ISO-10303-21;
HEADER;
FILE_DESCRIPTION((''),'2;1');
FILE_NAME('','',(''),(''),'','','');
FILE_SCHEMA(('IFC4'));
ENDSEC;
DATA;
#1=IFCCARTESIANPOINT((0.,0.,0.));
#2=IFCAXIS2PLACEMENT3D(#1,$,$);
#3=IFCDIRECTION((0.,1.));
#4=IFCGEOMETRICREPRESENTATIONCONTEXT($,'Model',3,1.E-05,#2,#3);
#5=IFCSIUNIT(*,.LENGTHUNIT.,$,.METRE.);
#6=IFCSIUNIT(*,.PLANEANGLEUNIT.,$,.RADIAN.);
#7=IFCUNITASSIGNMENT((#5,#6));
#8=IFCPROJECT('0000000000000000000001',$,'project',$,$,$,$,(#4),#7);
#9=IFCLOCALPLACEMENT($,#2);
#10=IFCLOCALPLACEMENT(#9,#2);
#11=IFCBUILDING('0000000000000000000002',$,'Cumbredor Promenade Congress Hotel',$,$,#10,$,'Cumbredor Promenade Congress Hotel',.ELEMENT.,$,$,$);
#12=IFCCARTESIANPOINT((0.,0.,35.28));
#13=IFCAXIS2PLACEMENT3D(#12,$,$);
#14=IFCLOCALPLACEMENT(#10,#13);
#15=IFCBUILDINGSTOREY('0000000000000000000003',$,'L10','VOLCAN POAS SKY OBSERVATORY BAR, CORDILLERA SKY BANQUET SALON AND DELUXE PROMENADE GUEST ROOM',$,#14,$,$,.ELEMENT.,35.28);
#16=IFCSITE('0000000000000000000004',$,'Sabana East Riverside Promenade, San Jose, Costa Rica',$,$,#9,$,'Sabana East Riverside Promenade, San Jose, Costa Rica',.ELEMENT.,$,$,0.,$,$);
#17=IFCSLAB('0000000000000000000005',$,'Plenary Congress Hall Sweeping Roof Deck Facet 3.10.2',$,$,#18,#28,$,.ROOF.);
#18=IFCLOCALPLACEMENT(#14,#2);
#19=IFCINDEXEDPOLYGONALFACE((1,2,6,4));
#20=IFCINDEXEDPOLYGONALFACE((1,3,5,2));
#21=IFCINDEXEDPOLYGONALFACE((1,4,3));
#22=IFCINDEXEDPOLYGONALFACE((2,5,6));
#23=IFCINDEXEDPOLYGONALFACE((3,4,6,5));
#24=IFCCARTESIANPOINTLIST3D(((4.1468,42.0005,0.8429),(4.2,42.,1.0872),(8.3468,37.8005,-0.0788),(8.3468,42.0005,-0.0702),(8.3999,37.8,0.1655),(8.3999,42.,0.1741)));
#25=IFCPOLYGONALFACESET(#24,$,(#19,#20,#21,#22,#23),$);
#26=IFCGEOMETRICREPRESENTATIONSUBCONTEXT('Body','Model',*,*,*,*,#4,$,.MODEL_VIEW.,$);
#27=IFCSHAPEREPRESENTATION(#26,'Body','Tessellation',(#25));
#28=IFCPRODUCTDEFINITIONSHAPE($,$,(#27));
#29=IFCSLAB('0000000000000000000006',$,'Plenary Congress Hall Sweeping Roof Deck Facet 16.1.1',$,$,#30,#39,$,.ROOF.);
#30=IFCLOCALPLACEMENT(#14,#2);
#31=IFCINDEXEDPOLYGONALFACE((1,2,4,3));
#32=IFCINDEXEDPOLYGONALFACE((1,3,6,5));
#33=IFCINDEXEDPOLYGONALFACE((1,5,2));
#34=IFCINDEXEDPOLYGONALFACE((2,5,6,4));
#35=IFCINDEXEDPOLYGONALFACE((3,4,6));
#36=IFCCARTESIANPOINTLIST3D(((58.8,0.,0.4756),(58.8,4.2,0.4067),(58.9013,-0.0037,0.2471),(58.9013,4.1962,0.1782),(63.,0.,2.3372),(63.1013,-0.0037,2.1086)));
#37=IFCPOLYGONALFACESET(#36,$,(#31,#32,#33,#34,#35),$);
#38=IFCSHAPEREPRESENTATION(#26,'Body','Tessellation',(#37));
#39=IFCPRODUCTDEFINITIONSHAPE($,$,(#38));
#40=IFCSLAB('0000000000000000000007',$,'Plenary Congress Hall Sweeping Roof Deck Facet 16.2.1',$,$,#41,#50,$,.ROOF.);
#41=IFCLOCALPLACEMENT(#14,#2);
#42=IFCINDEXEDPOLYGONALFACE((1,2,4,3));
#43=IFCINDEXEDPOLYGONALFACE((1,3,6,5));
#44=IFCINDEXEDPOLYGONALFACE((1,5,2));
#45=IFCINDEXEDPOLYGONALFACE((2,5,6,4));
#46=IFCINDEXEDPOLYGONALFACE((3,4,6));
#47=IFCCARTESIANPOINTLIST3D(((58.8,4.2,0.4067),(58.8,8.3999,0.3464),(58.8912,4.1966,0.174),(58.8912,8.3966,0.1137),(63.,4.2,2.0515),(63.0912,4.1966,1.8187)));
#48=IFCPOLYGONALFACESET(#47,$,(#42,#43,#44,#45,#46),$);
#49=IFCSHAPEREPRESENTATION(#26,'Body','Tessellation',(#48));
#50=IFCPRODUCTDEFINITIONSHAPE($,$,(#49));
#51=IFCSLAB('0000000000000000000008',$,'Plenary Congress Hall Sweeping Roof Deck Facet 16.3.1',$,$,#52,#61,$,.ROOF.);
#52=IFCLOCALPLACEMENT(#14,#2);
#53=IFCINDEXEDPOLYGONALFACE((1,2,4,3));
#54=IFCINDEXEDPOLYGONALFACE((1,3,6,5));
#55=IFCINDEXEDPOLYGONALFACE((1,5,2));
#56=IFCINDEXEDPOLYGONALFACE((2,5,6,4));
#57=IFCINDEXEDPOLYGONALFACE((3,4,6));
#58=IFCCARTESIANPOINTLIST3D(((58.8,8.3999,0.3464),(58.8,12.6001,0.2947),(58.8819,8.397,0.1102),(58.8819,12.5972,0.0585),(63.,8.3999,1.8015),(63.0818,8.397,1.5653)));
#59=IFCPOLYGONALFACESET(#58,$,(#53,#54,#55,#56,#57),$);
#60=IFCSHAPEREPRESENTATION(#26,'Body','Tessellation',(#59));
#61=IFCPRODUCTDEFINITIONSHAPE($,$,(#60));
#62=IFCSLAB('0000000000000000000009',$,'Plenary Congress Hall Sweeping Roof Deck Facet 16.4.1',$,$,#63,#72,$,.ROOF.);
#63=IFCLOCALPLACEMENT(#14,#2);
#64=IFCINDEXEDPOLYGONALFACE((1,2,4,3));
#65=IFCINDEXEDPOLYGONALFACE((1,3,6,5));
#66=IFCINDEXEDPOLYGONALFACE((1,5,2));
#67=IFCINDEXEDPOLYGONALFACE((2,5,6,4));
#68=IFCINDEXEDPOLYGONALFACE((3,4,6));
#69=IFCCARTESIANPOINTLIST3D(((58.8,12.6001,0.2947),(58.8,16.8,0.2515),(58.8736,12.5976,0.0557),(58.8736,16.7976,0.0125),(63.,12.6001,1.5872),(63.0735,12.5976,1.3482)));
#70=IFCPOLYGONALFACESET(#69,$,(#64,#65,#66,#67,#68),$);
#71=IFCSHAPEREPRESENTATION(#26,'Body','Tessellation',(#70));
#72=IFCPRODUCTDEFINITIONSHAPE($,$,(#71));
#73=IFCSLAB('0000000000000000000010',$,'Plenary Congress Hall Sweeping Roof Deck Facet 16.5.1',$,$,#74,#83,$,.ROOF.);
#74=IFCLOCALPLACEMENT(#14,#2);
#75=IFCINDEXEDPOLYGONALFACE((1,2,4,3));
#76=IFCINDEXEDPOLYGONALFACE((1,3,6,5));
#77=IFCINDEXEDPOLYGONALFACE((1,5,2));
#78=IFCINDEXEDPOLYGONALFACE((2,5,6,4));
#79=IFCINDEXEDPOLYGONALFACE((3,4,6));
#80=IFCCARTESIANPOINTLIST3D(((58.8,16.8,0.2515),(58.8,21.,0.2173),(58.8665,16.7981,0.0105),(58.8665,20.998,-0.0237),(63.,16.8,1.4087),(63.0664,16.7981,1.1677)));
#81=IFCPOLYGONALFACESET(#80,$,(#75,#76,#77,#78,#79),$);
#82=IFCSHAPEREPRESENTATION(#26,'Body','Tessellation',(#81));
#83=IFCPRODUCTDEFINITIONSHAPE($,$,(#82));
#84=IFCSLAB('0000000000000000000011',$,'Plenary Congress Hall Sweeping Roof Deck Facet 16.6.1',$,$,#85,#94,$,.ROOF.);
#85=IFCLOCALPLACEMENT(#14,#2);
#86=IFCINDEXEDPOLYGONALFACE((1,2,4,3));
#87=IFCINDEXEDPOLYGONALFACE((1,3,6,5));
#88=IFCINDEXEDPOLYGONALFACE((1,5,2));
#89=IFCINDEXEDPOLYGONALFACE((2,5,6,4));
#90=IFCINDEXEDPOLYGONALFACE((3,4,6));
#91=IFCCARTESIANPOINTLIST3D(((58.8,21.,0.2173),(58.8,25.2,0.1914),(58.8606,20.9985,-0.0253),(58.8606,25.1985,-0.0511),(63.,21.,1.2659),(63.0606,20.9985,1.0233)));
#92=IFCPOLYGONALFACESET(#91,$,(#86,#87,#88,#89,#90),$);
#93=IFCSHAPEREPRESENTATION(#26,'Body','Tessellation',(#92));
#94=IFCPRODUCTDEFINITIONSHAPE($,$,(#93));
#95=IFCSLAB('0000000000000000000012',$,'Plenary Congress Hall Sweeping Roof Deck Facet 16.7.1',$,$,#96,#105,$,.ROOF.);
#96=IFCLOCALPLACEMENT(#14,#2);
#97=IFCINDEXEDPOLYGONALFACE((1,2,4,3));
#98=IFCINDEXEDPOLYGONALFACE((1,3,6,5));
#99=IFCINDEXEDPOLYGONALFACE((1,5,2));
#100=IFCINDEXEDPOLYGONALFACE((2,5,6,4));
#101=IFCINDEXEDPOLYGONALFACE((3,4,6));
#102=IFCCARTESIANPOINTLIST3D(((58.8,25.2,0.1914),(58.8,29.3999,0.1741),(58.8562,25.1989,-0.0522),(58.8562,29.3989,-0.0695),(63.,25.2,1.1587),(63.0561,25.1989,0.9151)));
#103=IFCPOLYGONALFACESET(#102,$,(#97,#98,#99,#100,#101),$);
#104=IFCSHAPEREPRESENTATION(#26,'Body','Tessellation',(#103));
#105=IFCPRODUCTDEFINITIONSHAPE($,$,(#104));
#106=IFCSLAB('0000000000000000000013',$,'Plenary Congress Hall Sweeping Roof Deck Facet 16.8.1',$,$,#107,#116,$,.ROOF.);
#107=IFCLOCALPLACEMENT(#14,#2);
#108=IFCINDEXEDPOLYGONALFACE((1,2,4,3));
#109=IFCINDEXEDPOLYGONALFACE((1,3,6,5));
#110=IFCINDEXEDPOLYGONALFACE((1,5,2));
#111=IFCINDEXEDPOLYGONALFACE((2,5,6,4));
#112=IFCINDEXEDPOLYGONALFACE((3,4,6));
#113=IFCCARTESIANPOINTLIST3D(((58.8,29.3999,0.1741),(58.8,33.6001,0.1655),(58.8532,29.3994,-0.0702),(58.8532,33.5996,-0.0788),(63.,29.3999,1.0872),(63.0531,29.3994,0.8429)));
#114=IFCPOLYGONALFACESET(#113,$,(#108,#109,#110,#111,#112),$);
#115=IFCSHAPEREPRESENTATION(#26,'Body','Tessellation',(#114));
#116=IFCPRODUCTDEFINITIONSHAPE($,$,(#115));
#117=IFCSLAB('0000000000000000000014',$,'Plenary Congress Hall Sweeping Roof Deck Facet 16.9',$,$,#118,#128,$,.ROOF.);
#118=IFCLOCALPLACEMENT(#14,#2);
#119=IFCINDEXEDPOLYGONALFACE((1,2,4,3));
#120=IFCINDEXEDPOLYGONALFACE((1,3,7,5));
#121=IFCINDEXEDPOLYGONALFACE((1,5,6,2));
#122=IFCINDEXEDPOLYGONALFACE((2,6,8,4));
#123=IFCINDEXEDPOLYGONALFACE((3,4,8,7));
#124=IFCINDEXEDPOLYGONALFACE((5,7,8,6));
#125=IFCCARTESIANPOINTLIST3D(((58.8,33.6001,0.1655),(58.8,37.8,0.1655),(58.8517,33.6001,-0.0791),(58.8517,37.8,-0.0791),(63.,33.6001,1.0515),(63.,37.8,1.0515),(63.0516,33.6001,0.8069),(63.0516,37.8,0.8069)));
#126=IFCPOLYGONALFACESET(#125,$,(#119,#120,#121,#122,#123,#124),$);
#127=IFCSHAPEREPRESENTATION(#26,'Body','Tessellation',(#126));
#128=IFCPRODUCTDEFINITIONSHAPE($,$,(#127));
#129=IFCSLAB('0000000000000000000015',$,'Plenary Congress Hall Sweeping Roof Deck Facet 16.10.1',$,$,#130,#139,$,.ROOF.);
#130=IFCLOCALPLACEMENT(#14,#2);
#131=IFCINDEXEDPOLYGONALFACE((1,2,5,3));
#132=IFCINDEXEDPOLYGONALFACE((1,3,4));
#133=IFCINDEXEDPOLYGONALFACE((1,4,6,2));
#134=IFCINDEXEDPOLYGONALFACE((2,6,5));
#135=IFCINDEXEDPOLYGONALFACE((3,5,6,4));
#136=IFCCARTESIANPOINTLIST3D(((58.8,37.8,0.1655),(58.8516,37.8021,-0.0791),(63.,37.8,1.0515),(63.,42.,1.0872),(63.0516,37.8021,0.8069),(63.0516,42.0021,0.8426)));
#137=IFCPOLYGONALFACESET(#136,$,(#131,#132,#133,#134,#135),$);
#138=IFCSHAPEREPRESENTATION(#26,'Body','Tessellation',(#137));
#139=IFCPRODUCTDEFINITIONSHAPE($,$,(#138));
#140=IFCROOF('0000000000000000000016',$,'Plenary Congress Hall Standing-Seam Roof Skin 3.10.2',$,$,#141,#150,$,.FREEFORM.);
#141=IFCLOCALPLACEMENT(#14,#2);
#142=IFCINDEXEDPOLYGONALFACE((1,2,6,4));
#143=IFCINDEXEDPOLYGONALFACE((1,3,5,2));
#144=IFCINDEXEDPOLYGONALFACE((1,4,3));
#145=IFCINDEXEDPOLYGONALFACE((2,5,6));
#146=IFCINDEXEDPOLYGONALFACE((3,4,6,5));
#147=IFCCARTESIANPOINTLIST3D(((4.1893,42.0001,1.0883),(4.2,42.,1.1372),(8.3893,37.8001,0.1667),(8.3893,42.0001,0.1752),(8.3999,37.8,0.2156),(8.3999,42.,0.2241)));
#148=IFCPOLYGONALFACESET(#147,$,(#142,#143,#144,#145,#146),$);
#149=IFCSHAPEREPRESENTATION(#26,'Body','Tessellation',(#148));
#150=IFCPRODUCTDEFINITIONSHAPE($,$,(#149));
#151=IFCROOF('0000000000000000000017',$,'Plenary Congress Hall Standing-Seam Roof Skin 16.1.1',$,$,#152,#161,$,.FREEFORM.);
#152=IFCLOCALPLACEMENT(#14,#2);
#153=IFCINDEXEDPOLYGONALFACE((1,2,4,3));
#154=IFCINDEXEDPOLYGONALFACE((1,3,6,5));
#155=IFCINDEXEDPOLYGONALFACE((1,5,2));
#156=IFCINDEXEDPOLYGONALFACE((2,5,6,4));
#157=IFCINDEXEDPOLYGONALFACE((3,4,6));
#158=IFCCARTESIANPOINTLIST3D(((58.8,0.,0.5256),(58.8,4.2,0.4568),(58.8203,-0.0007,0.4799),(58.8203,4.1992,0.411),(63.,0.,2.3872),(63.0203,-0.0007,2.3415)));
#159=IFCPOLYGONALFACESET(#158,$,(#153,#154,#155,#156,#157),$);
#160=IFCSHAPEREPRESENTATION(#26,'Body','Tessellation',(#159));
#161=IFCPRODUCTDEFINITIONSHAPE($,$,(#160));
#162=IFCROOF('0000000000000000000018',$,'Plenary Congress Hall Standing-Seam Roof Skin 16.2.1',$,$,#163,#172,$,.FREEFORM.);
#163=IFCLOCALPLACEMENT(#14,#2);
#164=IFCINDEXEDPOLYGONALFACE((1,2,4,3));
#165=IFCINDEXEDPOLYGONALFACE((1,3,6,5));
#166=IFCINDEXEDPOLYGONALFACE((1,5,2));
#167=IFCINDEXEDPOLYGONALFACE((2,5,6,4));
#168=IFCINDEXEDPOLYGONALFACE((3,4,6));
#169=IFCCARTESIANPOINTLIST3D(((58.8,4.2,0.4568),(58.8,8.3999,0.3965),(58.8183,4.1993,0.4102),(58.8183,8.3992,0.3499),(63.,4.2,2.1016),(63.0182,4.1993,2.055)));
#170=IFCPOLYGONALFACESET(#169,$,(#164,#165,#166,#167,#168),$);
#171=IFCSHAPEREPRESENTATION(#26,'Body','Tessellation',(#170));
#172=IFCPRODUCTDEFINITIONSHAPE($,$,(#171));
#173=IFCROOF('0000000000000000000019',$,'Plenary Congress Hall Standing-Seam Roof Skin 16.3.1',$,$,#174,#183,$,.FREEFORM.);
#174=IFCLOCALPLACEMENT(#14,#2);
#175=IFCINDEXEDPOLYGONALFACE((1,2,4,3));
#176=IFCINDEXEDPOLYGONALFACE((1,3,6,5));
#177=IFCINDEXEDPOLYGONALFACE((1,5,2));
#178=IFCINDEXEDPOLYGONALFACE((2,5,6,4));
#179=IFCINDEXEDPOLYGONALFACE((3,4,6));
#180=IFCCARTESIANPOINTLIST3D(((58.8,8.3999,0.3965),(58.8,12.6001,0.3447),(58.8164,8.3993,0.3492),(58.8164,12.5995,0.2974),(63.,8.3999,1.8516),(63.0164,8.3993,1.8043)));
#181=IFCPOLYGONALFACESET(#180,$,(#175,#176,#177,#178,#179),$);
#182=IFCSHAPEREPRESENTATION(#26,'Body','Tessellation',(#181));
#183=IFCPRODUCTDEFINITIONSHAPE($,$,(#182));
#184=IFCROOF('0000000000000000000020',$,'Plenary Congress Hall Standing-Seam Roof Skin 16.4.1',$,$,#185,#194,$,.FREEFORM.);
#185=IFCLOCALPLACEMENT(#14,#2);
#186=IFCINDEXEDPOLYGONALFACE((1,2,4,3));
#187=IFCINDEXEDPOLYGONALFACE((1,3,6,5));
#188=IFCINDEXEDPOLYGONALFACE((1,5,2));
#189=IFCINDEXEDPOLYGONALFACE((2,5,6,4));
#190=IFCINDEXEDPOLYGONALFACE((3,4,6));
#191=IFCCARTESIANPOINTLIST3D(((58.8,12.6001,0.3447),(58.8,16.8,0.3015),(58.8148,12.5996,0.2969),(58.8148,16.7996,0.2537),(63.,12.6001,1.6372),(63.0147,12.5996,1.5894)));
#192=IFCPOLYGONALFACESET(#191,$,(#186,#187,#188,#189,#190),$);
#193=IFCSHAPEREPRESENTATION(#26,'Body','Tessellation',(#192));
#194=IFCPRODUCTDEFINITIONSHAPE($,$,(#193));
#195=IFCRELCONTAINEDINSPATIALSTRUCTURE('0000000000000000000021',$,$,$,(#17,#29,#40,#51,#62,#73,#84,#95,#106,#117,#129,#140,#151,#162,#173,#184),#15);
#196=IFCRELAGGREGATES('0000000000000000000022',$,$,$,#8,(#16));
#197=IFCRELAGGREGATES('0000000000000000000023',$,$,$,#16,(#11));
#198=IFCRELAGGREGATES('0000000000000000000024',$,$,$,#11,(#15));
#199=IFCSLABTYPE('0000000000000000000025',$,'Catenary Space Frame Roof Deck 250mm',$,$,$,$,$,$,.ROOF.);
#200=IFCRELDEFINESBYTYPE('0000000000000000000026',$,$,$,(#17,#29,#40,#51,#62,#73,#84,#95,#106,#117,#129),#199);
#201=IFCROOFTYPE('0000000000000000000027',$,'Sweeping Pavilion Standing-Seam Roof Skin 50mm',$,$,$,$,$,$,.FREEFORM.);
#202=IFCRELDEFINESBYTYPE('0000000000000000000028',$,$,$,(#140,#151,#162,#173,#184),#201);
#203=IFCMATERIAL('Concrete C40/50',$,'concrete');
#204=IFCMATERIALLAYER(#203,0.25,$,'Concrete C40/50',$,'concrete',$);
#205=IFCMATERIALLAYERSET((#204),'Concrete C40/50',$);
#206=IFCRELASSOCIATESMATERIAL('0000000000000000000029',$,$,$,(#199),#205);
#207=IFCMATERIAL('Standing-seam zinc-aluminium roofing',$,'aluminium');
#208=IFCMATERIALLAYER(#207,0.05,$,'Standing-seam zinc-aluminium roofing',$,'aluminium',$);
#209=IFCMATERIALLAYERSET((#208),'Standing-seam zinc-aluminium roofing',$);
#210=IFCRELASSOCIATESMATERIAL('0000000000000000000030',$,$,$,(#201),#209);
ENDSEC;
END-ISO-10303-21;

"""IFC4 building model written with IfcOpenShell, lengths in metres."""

from ifc_helpers import new_model, si_unit, direction, frame, origin, place, context, subcontext, project, spatial, polyline, outline, extrude, material, layer, layer_set, type_object, element, save


model = new_model("IFC4")

# Units and contexts
model_context = context("Model", 3, precision=1e-05, world=origin(), true_north=direction((0.0, 1.0)))
body_context = subcontext(model_context, "Body", "Model", "MODEL_VIEW")
ifc_project = project(units=[si_unit("LENGTHUNIT", "METRE"), si_unit("PLANEANGLEUNIT", "RADIAN")], contexts=[model_context])

# Site, building, storey
site_placement = place(None, origin())
site = spatial("IfcSite", under=ifc_project, at=site_placement, Name="Sabana East Riverside Promenade, San Jose, Costa Rica", LongName="Sabana East Riverside Promenade, San Jose, Costa Rica", CompositionType="ELEMENT", RefElevation=0.0)
building_placement = place(site_placement, origin())
building = spatial("IfcBuilding", under=site, at=building_placement, Name="Cumbredor Promenade Congress Hotel", LongName="Cumbredor Promenade Congress Hotel", CompositionType="ELEMENT")
storey_placement = place(building_placement, frame((0.0, 0.0, 35.28)))
storey = spatial("IfcBuildingStorey", under=building, at=storey_placement, Name="L10", Description="VOLCAN POAS SKY OBSERVATORY BAR, CORDILLERA SKY BANQUET SALON AND DELUXE PROMENADE GUEST ROOM", CompositionType="ELEMENT", Elevation=35.28)

# Slabs
ifc_material_1 = material(Name="Concrete C40/50", Category="concrete")
ifc_layer_1 = layer(ifc_material_1, 0.25, Name="Concrete C40/50", Category="concrete")
ifc_layer_set_1 = layer_set([ifc_layer_1], Name="Concrete C40/50")
slab_type = type_object("IfcSlabType", Name="Catenary Space Frame Roof Deck 250mm", PredefinedType="ROOF", material=ifc_layer_set_1)
slab_1_placement = place(storey_placement, frame((8.3999, 37.8, 0.1655), z_axis=(0.212441, -0.001988, 0.977172), x_axis=(0.0, 0.999998, 0.002035)))
element("IfcSlab", 1, at=slab_1_placement, inside=storey, type_object=slab_type, Name="Plenary Congress Hall Sweeping Roof Deck Facet 3.10.2", PredefinedType="ROOF", context=body_context, shape_type="SweptSolid", body=[
    extrude(outline(polyline([(0.0, 0.0), (4.2, 0.0), (4.2018, 4.2981), (0.0, 0.0)])), origin(), (0.0, 0.0, -1.0), 0.25),
])
slab_2_placement = place(storey_placement, frame((58.8, 0.0, 0.4756), z_axis=(-0.405171, 0.014985, 0.914118), x_axis=(0.914221, 0.0, 0.405216)))
element("IfcSlab", 2, at=slab_2_placement, inside=storey, type_object=slab_type, Name="Plenary Congress Hall Sweeping Roof Deck Facet 16.1.1", PredefinedType="ROOF", context=body_context, shape_type="SweptSolid", body=[
    extrude(outline(polyline([(0.0, 0.0), (4.594, 0.0), (-0.0279, 4.2004), (0.0, 0.0)])), origin(), (0.0, 0.0, -1.0), 0.25),
])
slab_3_placement = place(storey_placement, frame((58.8, 4.2, 0.4067), z_axis=(-0.36462, 0.013368, 0.931061), x_axis=(0.931144, 0.0, 0.364652)))
element("IfcSlab", 3, at=slab_3_placement, inside=storey, type_object=slab_type, Name="Plenary Congress Hall Sweeping Roof Deck Facet 16.2.1", PredefinedType="ROOF", context=body_context, shape_type="SweptSolid", body=[
    extrude(outline(polyline([(0.0, 0.0), (4.5105, 0.0), (-0.022, 4.2003), (0.0, 0.0)])), origin(), (0.0, 0.0, -1.0), 0.25),
])
slab_4_placement = place(storey_placement, frame((58.8, 8.3999, 0.3464), z_axis=(-0.327339, 0.011643, 0.944835), x_axis=(0.944899, 0.0, 0.327361)))
element("IfcSlab", 4, at=slab_4_placement, inside=storey, type_object=slab_type, Name="Plenary Congress Hall Sweeping Roof Deck Facet 16.3.1", PredefinedType="ROOF", context=body_context, shape_type="SweptSolid", body=[
    extrude(outline(polyline([(0.0, 0.0), (4.4449, 0.0), (-0.0169, 4.2005), (0.0, 0.0)])), origin(), (0.0, 0.0, -1.0), 0.25),
])
slab_5_placement = place(storey_placement, frame((58.8, 12.6001, 0.2947), z_axis=(-0.294111, 0.009833, 0.955721), x_axis=(0.955767, 0.0, 0.294125)))
element("IfcSlab", 5, at=slab_5_placement, inside=storey, type_object=slab_type, Name="Plenary Congress Hall Sweeping Roof Deck Facet 16.4.1", PredefinedType="ROOF", context=body_context, shape_type="SweptSolid", body=[
    extrude(outline(polyline([(0.0, 0.0), (4.3943, 0.0), (-0.0127, 4.2002), (0.0, 0.0)])), origin(), (0.0, 0.0, -1.0), 0.25),
])
slab_6_placement = place(storey_placement, frame((58.8, 16.8, 0.2515), z_axis=(-0.265626, 0.007846, 0.964044), x_axis=(0.964074, 0.0, 0.265634)))
element("IfcSlab", 6, at=slab_6_placement, inside=storey, type_object=slab_type, Name="Plenary Congress Hall Sweeping Roof Deck Facet 16.5.1", PredefinedType="ROOF", context=body_context, shape_type="SweptSolid", body=[
    extrude(outline(polyline([(0.0, 0.0), (4.3565, 0.0), (-0.0091, 4.2001), (0.0, 0.0)])), origin(), (0.0, 0.0, -1.0), 0.25),
])
slab_7_placement = place(storey_placement, frame((58.8, 21.0, 0.2173), z_axis=(-0.242226, 0.005978, 0.970201), x_axis=(0.970219, 0.0, 0.24223)))
element("IfcSlab", 7, at=slab_7_placement, inside=storey, type_object=slab_type, Name="Plenary Congress Hall Sweeping Roof Deck Facet 16.6.1", PredefinedType="ROOF", context=body_context, shape_type="SweptSolid", body=[
    extrude(outline(polyline([(0.0, 0.0), (4.3289, 0.0), (-0.0063, 4.2), (0.0, 0.0)])), origin(), (0.0, 0.0, -1.0), 0.25),
])
slab_8_placement = place(storey_placement, frame((58.8, 25.2, 0.1914), z_axis=(-0.224432, 0.004022, 0.974482), x_axis=(0.974489, 0.0, 0.224433)))
element("IfcSlab", 8, at=slab_8_placement, inside=storey, type_object=slab_type, Name="Plenary Congress Hall Sweeping Roof Deck Facet 16.7.1", PredefinedType="ROOF", context=body_context, shape_type="SweptSolid", body=[
    extrude(outline(polyline([(0.0, 0.0), (4.3099, 0.0), (-0.0039, 4.2), (0.0, 0.0)])), origin(), (0.0, 0.0, -1.0), 0.25),
])
slab_9_placement = place(storey_placement, frame((58.8, 29.3999, 0.1741), z_axis=(-0.212441, 0.001988, 0.977172), x_axis=(0.977174, 0.0, 0.212441)))
element("IfcSlab", 9, at=slab_9_placement, inside=storey, type_object=slab_type, Name="Plenary Congress Hall Sweeping Roof Deck Facet 16.8.1", PredefinedType="ROOF", context=body_context, shape_type="SweptSolid", body=[
    extrude(outline(polyline([(0.0, 0.0), (4.2981, 0.0), (-0.0018, 4.2002), (0.0, 0.0)])), origin(), (0.0, 0.0, -1.0), 0.25),
])
slab_10_placement = place(storey_placement, frame((58.8, 33.6001, 0.1655), z_axis=(-0.206409, 0.0, 0.978466), x_axis=(0.978466, 0.0, 0.206409)))
element("IfcSlab", 10, at=slab_10_placement, inside=storey, type_object=slab_type, Name="Plenary Congress Hall Sweeping Roof Deck Facet 16.9", PredefinedType="ROOF", context=body_context, shape_type="SweptSolid", body=[
    extrude(outline(polyline([(0.0, 0.0), (4.2924, 0.0), (4.2924, 4.2), (0.0, 4.2), (0.0, 0.0)])), origin(), (0.0, 0.0, -1.0), 0.25),
])
slab_11_placement = place(storey_placement, frame((58.8, 37.8, 0.1655), z_axis=(-0.206402, -0.008304, 0.978432), x_axis=(0.978466, 0.0, 0.206409)))
element("IfcSlab", 11, at=slab_11_placement, inside=storey, type_object=slab_type, Name="Plenary Congress Hall Sweeping Roof Deck Facet 16.10.1", PredefinedType="ROOF", context=body_context, shape_type="SweptSolid", body=[
    extrude(outline(polyline([(0.0, 0.0), (4.2924, 0.0), (4.2997, 4.2001), (0.0, 0.0)])), origin(), (0.0, 0.0, -1.0), 0.25),
])

# Roofs
ifc_material_2 = material(Name="Standing-seam zinc-aluminium roofing", Category="aluminium")
ifc_layer_2 = layer(ifc_material_2, 0.05, Name="Standing-seam zinc-aluminium roofing", Category="aluminium")
ifc_layer_set_2 = layer_set([ifc_layer_2], Name="Standing-seam zinc-aluminium roofing")
roof_type = type_object("IfcRoofType", Name="Sweeping Pavilion Standing-Seam Roof Skin 50mm", PredefinedType="FREEFORM", material=ifc_layer_set_2)
roof_1_placement = place(storey_placement, frame((8.3999, 37.8, 0.2156), z_axis=(0.212441, -0.001988, 0.977172), x_axis=(0.0, 0.999998, 0.002035)))
element("IfcRoof", 12, at=roof_1_placement, inside=storey, type_object=roof_type, Name="Plenary Congress Hall Standing-Seam Roof Skin 3.10.2", PredefinedType="FREEFORM", context=body_context, shape_type="SweptSolid", body=[
    extrude(outline(polyline([(0.0, 0.0), (4.2, 0.0), (4.2018, 4.2981), (0.0, 0.0)])), origin(), (0.0, 0.0, -1.0), 0.05),
])
roof_2_placement = place(storey_placement, frame((58.8, 0.0, 0.5256), z_axis=(-0.405171, 0.014985, 0.914118), x_axis=(0.914221, 0.0, 0.405216)))
element("IfcRoof", 13, at=roof_2_placement, inside=storey, type_object=roof_type, Name="Plenary Congress Hall Standing-Seam Roof Skin 16.1.1", PredefinedType="FREEFORM", context=body_context, shape_type="SweptSolid", body=[
    extrude(outline(polyline([(0.0, 0.0), (4.594, 0.0), (-0.0279, 4.2004), (0.0, 0.0)])), origin(), (0.0, 0.0, -1.0), 0.05),
])
roof_3_placement = place(storey_placement, frame((58.8, 4.2, 0.4568), z_axis=(-0.36462, 0.013368, 0.931061), x_axis=(0.931144, 0.0, 0.364652)))
element("IfcRoof", 14, at=roof_3_placement, inside=storey, type_object=roof_type, Name="Plenary Congress Hall Standing-Seam Roof Skin 16.2.1", PredefinedType="FREEFORM", context=body_context, shape_type="SweptSolid", body=[
    extrude(outline(polyline([(0.0, 0.0), (4.5105, 0.0), (-0.022, 4.2003), (0.0, 0.0)])), origin(), (0.0, 0.0, -1.0), 0.05),
])
roof_4_placement = place(storey_placement, frame((58.8, 8.3999, 0.3965), z_axis=(-0.327339, 0.011643, 0.944835), x_axis=(0.944899, 0.0, 0.327361)))
element("IfcRoof", 15, at=roof_4_placement, inside=storey, type_object=roof_type, Name="Plenary Congress Hall Standing-Seam Roof Skin 16.3.1", PredefinedType="FREEFORM", context=body_context, shape_type="SweptSolid", body=[
    extrude(outline(polyline([(0.0, 0.0), (4.4449, 0.0), (-0.0169, 4.2005), (0.0, 0.0)])), origin(), (0.0, 0.0, -1.0), 0.05),
])
roof_5_placement = place(storey_placement, frame((58.8, 12.6001, 0.3447), z_axis=(-0.294111, 0.009833, 0.955721), x_axis=(0.955767, 0.0, 0.294125)))
element("IfcRoof", 16, at=roof_5_placement, inside=storey, type_object=roof_type, Name="Plenary Congress Hall Standing-Seam Roof Skin 16.4.1", PredefinedType="FREEFORM", context=body_context, shape_type="SweptSolid", body=[
    extrude(outline(polyline([(0.0, 0.0), (4.3943, 0.0), (-0.0127, 4.2002), (0.0, 0.0)])), origin(), (0.0, 0.0, -1.0), 0.05),
])

save(model, "model.ifc")
